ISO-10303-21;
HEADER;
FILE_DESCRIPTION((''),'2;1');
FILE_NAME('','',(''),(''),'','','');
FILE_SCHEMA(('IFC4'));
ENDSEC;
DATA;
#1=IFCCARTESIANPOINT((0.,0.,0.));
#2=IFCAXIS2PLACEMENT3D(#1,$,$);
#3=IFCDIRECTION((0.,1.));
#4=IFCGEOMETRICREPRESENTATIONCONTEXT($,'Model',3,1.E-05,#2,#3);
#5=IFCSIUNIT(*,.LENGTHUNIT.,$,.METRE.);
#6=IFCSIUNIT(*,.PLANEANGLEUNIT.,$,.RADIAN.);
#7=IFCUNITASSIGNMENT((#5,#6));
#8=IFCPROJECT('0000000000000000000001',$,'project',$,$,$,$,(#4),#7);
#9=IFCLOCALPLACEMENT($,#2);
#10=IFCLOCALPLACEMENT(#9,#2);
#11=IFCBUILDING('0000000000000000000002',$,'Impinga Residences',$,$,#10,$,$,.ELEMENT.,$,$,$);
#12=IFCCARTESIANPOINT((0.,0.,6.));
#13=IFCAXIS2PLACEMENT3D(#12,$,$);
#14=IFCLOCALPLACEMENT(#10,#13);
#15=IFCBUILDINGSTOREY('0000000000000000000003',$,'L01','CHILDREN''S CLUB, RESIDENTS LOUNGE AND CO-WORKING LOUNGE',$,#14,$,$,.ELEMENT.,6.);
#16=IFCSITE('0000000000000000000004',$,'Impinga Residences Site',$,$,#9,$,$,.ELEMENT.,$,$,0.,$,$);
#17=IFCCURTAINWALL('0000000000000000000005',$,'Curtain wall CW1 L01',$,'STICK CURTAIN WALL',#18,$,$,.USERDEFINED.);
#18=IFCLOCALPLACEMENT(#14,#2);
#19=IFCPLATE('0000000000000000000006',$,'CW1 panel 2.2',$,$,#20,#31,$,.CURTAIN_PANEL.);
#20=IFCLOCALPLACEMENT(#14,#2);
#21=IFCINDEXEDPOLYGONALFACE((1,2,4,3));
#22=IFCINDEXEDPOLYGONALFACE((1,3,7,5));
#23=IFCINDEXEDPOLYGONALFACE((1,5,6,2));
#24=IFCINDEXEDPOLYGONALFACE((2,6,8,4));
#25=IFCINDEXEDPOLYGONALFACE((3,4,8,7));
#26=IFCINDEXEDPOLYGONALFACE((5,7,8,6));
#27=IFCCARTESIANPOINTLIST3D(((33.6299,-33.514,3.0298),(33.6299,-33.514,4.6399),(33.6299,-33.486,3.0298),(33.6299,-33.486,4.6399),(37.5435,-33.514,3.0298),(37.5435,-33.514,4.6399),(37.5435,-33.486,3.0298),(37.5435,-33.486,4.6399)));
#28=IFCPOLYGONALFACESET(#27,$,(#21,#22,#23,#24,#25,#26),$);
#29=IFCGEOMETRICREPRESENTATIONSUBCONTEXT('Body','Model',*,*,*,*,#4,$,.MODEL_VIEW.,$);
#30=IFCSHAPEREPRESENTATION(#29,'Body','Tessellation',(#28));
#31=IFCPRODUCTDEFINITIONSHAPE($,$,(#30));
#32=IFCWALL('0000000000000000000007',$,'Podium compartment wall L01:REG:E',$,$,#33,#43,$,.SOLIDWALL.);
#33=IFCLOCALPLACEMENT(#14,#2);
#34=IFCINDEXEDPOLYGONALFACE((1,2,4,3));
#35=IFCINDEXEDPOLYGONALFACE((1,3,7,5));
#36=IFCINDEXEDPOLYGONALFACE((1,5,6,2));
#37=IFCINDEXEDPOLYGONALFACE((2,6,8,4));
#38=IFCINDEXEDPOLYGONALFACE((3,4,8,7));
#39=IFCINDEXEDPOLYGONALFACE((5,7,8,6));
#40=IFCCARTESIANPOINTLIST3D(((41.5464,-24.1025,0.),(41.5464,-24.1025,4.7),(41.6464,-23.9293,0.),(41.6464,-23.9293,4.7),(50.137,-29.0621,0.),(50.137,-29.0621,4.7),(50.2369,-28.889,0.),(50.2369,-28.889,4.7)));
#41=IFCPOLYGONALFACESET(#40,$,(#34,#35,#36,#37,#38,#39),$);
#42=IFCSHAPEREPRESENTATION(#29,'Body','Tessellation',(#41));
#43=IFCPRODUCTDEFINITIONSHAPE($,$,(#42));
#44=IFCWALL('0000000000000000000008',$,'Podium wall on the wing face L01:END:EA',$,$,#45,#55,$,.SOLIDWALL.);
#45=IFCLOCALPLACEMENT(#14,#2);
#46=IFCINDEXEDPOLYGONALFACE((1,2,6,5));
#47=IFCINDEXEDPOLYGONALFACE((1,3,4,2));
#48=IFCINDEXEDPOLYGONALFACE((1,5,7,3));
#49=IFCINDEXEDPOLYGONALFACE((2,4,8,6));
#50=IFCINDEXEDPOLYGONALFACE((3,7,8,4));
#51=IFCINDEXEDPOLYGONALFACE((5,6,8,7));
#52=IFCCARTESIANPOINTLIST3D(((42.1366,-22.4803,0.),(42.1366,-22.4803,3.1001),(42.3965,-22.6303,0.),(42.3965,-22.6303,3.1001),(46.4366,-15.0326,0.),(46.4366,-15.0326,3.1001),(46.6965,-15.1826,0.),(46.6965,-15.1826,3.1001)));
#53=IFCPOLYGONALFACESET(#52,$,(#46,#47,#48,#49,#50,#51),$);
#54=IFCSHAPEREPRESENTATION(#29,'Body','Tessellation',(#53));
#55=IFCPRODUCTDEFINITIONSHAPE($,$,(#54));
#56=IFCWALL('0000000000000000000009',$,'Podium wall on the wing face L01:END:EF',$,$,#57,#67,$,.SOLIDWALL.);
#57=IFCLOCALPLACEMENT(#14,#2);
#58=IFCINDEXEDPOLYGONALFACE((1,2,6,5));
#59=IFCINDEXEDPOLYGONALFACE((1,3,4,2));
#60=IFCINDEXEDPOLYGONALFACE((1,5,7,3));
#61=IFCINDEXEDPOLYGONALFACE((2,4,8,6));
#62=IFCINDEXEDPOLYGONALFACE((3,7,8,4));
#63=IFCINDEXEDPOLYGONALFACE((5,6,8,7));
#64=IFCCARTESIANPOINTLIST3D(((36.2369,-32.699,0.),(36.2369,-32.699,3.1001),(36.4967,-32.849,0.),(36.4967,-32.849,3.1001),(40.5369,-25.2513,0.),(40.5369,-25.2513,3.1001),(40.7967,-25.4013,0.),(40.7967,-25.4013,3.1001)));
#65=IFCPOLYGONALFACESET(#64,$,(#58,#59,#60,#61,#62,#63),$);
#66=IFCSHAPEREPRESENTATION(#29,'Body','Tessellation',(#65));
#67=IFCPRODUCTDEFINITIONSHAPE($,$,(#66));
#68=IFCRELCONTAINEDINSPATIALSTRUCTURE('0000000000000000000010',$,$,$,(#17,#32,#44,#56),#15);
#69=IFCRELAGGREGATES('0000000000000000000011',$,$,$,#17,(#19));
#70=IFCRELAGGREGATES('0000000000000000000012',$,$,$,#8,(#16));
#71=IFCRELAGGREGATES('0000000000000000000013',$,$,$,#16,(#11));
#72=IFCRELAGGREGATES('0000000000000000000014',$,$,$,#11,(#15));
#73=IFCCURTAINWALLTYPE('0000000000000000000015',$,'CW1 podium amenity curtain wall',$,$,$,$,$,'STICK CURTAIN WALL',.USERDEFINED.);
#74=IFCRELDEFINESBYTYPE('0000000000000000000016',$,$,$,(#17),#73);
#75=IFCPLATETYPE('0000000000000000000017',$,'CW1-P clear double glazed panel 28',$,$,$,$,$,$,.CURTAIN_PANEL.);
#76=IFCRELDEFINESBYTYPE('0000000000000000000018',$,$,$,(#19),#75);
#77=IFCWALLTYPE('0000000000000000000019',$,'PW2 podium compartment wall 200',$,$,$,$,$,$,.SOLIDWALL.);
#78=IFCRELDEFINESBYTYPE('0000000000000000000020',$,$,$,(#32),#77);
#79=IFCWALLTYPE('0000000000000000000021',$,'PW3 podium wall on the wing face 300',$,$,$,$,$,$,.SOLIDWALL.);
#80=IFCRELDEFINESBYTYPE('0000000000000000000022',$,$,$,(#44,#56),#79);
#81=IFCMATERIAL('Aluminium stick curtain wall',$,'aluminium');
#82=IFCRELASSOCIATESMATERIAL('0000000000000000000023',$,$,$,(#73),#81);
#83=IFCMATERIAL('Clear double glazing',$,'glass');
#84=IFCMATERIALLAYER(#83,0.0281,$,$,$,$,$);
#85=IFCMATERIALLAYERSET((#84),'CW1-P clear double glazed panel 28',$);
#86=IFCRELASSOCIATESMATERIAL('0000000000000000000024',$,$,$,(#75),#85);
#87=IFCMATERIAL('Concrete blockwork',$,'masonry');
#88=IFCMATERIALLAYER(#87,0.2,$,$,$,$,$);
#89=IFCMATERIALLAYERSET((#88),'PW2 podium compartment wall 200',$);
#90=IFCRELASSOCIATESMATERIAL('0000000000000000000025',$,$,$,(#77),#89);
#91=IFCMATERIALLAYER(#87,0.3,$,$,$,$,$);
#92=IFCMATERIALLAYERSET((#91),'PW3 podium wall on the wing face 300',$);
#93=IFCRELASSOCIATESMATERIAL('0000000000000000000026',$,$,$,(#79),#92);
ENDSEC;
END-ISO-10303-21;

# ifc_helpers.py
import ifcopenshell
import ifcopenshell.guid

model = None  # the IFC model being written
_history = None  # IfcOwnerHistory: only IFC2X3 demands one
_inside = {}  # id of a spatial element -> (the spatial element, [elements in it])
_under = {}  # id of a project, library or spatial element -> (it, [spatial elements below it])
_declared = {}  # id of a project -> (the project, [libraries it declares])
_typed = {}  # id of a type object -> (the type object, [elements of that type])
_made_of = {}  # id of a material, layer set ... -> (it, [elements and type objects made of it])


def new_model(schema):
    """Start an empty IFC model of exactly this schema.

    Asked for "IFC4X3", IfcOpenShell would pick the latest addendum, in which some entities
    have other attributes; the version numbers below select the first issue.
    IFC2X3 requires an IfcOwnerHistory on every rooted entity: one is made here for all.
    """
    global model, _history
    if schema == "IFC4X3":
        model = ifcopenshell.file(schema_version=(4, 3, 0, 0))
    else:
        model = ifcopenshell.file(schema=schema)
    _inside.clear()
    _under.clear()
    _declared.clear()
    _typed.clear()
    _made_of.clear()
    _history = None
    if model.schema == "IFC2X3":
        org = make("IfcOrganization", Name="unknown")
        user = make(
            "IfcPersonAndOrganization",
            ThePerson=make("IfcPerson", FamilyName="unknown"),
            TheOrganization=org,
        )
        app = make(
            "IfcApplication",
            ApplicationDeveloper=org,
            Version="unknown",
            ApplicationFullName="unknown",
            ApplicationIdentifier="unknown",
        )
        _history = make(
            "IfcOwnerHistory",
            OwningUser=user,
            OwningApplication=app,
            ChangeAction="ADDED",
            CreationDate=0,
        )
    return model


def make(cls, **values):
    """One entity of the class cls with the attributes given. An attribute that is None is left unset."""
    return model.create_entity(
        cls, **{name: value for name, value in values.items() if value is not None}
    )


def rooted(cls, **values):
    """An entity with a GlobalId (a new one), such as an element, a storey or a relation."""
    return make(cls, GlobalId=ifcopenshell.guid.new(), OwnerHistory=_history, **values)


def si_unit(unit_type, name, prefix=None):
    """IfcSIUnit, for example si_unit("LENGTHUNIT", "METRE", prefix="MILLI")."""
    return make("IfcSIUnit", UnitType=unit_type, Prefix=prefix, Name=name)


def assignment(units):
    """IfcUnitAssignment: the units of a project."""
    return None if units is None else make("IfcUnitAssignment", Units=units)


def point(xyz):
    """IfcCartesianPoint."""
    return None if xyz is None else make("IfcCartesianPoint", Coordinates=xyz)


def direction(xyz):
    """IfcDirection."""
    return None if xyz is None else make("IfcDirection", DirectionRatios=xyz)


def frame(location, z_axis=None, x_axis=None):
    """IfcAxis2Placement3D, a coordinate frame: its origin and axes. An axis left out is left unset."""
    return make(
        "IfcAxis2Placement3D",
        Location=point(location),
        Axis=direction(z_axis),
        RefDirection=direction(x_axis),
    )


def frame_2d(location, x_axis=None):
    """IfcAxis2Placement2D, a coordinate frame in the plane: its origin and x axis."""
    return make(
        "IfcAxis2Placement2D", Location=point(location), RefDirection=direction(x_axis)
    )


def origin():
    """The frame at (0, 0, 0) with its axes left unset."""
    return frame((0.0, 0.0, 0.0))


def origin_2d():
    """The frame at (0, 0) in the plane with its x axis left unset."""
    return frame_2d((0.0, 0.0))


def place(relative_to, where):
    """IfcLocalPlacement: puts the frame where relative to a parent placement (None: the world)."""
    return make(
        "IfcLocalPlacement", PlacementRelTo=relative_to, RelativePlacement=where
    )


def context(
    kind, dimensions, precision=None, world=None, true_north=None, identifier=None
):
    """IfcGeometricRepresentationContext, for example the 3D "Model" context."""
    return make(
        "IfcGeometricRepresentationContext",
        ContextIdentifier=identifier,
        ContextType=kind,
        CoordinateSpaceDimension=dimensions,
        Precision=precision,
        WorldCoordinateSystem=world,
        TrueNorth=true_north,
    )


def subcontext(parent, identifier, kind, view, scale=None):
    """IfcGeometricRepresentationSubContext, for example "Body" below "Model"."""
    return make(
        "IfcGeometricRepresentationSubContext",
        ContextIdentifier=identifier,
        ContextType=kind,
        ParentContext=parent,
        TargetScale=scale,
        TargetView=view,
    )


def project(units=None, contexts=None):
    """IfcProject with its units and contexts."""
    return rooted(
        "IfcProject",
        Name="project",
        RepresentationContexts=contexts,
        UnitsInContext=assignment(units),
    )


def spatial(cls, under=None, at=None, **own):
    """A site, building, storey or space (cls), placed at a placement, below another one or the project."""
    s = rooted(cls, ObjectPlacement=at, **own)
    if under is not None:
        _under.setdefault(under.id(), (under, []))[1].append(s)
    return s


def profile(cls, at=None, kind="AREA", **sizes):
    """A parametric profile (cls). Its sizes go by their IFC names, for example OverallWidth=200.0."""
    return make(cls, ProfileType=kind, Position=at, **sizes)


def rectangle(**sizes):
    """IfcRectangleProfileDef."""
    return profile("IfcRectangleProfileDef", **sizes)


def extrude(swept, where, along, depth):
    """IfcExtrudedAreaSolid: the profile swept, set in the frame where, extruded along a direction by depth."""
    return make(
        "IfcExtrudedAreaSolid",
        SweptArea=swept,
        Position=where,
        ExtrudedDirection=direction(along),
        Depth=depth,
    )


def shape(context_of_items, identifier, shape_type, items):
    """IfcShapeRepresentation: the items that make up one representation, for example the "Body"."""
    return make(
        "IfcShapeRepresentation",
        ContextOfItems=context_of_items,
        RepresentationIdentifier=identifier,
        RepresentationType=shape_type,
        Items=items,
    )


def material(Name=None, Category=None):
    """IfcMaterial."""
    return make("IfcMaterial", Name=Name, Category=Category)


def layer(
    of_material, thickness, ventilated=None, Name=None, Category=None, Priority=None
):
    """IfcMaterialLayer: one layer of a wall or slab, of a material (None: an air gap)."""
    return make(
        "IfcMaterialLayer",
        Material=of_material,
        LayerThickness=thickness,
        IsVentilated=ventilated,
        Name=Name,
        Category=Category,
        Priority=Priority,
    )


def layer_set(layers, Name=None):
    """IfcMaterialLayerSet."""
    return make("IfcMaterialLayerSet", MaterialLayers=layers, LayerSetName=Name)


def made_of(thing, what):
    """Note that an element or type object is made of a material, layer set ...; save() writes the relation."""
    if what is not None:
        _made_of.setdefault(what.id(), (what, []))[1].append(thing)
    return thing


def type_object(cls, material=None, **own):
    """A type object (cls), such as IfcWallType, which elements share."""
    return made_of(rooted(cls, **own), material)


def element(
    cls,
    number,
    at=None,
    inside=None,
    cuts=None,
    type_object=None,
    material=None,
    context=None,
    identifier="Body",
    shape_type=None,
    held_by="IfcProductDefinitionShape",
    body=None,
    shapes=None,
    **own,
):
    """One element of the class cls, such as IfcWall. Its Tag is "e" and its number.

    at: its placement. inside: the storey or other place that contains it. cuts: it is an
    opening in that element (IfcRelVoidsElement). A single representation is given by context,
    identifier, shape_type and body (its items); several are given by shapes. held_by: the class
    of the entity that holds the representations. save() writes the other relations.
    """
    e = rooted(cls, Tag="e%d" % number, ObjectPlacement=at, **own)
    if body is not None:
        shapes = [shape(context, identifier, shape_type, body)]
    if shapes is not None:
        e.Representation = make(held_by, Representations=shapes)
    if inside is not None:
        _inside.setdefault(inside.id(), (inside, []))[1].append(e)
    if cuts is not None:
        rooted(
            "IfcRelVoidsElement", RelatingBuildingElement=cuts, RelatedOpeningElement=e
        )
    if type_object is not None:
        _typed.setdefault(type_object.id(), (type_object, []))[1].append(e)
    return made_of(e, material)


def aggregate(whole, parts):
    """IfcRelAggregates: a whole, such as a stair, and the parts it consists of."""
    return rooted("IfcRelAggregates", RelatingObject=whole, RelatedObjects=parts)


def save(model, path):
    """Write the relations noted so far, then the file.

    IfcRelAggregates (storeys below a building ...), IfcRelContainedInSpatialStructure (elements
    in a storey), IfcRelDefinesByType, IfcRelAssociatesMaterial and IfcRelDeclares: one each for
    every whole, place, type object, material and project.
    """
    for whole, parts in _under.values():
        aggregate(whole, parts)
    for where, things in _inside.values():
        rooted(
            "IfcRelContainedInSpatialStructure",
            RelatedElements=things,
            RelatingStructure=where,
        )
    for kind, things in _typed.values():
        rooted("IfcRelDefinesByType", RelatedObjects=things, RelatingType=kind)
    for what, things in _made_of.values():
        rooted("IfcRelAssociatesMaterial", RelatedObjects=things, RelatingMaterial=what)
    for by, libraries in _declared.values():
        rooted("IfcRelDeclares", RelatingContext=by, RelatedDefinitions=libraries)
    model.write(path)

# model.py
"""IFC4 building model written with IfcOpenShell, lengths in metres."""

from ifc_helpers import new_model, si_unit, direction, frame, frame_2d, origin, origin_2d, place, context, subcontext, project, spatial, rectangle, extrude, material, layer, layer_set, type_object, element, aggregate, save


model = new_model("IFC4")

# Units and contexts
model_context = context("Model", 3, precision=1e-05, world=origin(), true_north=direction((0.0, 1.0)))
body_context = subcontext(model_context, "Body", "Model", "MODEL_VIEW")
ifc_project = project(units=[si_unit("LENGTHUNIT", "METRE"), si_unit("PLANEANGLEUNIT", "RADIAN")], contexts=[model_context])

# Site, building, storey
site_placement = place(None, origin())
site = spatial("IfcSite", under=ifc_project, at=site_placement, Name="Impinga Residences Site", CompositionType="ELEMENT", RefElevation=0.0)
building_placement = place(site_placement, origin())
building = spatial("IfcBuilding", under=site, at=building_placement, Name="Impinga Residences", CompositionType="ELEMENT")
storey_placement = place(building_placement, frame((0.0, 0.0, 6.0)))
storey = spatial("IfcBuildingStorey", under=building, at=storey_placement, Name="L01", Description="CHILDREN'S CLUB, RESIDENTS LOUNGE AND CO-WORKING LOUNGE", CompositionType="ELEMENT", Elevation=6.0)

# Curtain wall
ifc_material_1 = material(Name="Aluminium stick curtain wall", Category="aluminium")
curtain_wall_type = type_object("IfcCurtainWallType", Name="CW1 podium amenity curtain wall", ElementType="STICK CURTAIN WALL", PredefinedType="USERDEFINED", material=ifc_material_1)
curtain_wall_1_placement = place(storey_placement, origin())
curtain_wall_1 = element("IfcCurtainWall", 1, at=curtain_wall_1_placement, inside=storey, type_object=curtain_wall_type, Name="Curtain wall CW1 L01", ObjectType="STICK CURTAIN WALL", PredefinedType="USERDEFINED")

# Plate
ifc_material_2 = material(Name="Clear double glazing", Category="glass")
ifc_layer_1 = layer(ifc_material_2, 0.0281)
ifc_layer_set_1 = layer_set([ifc_layer_1], Name="CW1-P clear double glazed panel 28")
plate_type = type_object("IfcPlateType", Name="CW1-P clear double glazed panel 28", PredefinedType="CURTAIN_PANEL", material=ifc_layer_set_1)
plate_1_placement = place(storey_placement, frame((35.5867, -33.5, 3.0298), z_axis=(0.0, 0.0, 1.0), x_axis=(-1.0, 0.0, 0.0)))
plate_1 = element("IfcPlate", 2, at=plate_1_placement, type_object=plate_type, Name="CW1 panel 2.2", PredefinedType="CURTAIN_PANEL", context=body_context, shape_type="SweptSolid", body=[
    extrude(rectangle(XDim=3.9136, YDim=0.0281, at=origin_2d()), origin(), (0.0, 0.0, 1.0), 1.6101),
])
aggregate(curtain_wall_1, [plate_1])

# Walls
ifc_material_3 = material(Name="Concrete blockwork", Category="masonry")
ifc_layer_2 = layer(ifc_material_3, 0.2)
ifc_layer_set_2 = layer_set([ifc_layer_2], Name="PW2 podium compartment wall 200")
wall_type_1 = type_object("IfcWallType", Name="PW2 podium compartment wall 200", PredefinedType="SOLIDWALL", material=ifc_layer_set_2)
wall_placement = place(storey_placement, frame((41.5964, -24.0159, 0.0), z_axis=(0.0, 0.0, 1.0), x_axis=(0.866028, -0.499996, 0.0)))
element("IfcWall", 3, at=wall_placement, inside=storey, type_object=wall_type_1, Name="Podium compartment wall L01:REG:E", PredefinedType="SOLIDWALL", context=body_context, shape_type="SweptSolid", body=[
    extrude(rectangle(XDim=9.9194, YDim=0.2, at=frame_2d((4.9597, 0.0))), origin(), (0.0, 0.0, 1.0), 4.7),
])
ifc_layer_3 = layer(ifc_material_3, 0.3)
ifc_layer_set_3 = layer_set([ifc_layer_3], Name="PW3 podium wall on the wing face 300")
wall_type_2 = type_object("IfcWallType", Name="PW3 podium wall on the wing face 300", PredefinedType="SOLIDWALL", material=ifc_layer_set_3)
for number, where, z_axis, x_axis, name in (
    (4, (42.2666, -22.5552, 0.0), (0.0, 0.0, 1.0), (0.500008, 0.866021, 0.0), "Podium wall on the wing face L01:END:EA"),
    (5, (40.6667, -25.3264, 0.0), (0.0, 0.0, 1.0), (-0.500008, -0.866021, 0.0), "Podium wall on the wing face L01:END:EF"),
):
    element("IfcWall", number, at=place(storey_placement, frame(where, z_axis=z_axis, x_axis=x_axis)), inside=storey, type_object=wall_type_2, Name=name, PredefinedType="SOLIDWALL", context=body_context, shape_type="SweptSolid", body=[
        extrude(rectangle(XDim=8.5999, YDim=0.3, at=frame_2d((4.2998, 0.0))), origin(), (0.0, 0.0, 1.0), 3.1001),
    ])

save(model, "model.ifc")
